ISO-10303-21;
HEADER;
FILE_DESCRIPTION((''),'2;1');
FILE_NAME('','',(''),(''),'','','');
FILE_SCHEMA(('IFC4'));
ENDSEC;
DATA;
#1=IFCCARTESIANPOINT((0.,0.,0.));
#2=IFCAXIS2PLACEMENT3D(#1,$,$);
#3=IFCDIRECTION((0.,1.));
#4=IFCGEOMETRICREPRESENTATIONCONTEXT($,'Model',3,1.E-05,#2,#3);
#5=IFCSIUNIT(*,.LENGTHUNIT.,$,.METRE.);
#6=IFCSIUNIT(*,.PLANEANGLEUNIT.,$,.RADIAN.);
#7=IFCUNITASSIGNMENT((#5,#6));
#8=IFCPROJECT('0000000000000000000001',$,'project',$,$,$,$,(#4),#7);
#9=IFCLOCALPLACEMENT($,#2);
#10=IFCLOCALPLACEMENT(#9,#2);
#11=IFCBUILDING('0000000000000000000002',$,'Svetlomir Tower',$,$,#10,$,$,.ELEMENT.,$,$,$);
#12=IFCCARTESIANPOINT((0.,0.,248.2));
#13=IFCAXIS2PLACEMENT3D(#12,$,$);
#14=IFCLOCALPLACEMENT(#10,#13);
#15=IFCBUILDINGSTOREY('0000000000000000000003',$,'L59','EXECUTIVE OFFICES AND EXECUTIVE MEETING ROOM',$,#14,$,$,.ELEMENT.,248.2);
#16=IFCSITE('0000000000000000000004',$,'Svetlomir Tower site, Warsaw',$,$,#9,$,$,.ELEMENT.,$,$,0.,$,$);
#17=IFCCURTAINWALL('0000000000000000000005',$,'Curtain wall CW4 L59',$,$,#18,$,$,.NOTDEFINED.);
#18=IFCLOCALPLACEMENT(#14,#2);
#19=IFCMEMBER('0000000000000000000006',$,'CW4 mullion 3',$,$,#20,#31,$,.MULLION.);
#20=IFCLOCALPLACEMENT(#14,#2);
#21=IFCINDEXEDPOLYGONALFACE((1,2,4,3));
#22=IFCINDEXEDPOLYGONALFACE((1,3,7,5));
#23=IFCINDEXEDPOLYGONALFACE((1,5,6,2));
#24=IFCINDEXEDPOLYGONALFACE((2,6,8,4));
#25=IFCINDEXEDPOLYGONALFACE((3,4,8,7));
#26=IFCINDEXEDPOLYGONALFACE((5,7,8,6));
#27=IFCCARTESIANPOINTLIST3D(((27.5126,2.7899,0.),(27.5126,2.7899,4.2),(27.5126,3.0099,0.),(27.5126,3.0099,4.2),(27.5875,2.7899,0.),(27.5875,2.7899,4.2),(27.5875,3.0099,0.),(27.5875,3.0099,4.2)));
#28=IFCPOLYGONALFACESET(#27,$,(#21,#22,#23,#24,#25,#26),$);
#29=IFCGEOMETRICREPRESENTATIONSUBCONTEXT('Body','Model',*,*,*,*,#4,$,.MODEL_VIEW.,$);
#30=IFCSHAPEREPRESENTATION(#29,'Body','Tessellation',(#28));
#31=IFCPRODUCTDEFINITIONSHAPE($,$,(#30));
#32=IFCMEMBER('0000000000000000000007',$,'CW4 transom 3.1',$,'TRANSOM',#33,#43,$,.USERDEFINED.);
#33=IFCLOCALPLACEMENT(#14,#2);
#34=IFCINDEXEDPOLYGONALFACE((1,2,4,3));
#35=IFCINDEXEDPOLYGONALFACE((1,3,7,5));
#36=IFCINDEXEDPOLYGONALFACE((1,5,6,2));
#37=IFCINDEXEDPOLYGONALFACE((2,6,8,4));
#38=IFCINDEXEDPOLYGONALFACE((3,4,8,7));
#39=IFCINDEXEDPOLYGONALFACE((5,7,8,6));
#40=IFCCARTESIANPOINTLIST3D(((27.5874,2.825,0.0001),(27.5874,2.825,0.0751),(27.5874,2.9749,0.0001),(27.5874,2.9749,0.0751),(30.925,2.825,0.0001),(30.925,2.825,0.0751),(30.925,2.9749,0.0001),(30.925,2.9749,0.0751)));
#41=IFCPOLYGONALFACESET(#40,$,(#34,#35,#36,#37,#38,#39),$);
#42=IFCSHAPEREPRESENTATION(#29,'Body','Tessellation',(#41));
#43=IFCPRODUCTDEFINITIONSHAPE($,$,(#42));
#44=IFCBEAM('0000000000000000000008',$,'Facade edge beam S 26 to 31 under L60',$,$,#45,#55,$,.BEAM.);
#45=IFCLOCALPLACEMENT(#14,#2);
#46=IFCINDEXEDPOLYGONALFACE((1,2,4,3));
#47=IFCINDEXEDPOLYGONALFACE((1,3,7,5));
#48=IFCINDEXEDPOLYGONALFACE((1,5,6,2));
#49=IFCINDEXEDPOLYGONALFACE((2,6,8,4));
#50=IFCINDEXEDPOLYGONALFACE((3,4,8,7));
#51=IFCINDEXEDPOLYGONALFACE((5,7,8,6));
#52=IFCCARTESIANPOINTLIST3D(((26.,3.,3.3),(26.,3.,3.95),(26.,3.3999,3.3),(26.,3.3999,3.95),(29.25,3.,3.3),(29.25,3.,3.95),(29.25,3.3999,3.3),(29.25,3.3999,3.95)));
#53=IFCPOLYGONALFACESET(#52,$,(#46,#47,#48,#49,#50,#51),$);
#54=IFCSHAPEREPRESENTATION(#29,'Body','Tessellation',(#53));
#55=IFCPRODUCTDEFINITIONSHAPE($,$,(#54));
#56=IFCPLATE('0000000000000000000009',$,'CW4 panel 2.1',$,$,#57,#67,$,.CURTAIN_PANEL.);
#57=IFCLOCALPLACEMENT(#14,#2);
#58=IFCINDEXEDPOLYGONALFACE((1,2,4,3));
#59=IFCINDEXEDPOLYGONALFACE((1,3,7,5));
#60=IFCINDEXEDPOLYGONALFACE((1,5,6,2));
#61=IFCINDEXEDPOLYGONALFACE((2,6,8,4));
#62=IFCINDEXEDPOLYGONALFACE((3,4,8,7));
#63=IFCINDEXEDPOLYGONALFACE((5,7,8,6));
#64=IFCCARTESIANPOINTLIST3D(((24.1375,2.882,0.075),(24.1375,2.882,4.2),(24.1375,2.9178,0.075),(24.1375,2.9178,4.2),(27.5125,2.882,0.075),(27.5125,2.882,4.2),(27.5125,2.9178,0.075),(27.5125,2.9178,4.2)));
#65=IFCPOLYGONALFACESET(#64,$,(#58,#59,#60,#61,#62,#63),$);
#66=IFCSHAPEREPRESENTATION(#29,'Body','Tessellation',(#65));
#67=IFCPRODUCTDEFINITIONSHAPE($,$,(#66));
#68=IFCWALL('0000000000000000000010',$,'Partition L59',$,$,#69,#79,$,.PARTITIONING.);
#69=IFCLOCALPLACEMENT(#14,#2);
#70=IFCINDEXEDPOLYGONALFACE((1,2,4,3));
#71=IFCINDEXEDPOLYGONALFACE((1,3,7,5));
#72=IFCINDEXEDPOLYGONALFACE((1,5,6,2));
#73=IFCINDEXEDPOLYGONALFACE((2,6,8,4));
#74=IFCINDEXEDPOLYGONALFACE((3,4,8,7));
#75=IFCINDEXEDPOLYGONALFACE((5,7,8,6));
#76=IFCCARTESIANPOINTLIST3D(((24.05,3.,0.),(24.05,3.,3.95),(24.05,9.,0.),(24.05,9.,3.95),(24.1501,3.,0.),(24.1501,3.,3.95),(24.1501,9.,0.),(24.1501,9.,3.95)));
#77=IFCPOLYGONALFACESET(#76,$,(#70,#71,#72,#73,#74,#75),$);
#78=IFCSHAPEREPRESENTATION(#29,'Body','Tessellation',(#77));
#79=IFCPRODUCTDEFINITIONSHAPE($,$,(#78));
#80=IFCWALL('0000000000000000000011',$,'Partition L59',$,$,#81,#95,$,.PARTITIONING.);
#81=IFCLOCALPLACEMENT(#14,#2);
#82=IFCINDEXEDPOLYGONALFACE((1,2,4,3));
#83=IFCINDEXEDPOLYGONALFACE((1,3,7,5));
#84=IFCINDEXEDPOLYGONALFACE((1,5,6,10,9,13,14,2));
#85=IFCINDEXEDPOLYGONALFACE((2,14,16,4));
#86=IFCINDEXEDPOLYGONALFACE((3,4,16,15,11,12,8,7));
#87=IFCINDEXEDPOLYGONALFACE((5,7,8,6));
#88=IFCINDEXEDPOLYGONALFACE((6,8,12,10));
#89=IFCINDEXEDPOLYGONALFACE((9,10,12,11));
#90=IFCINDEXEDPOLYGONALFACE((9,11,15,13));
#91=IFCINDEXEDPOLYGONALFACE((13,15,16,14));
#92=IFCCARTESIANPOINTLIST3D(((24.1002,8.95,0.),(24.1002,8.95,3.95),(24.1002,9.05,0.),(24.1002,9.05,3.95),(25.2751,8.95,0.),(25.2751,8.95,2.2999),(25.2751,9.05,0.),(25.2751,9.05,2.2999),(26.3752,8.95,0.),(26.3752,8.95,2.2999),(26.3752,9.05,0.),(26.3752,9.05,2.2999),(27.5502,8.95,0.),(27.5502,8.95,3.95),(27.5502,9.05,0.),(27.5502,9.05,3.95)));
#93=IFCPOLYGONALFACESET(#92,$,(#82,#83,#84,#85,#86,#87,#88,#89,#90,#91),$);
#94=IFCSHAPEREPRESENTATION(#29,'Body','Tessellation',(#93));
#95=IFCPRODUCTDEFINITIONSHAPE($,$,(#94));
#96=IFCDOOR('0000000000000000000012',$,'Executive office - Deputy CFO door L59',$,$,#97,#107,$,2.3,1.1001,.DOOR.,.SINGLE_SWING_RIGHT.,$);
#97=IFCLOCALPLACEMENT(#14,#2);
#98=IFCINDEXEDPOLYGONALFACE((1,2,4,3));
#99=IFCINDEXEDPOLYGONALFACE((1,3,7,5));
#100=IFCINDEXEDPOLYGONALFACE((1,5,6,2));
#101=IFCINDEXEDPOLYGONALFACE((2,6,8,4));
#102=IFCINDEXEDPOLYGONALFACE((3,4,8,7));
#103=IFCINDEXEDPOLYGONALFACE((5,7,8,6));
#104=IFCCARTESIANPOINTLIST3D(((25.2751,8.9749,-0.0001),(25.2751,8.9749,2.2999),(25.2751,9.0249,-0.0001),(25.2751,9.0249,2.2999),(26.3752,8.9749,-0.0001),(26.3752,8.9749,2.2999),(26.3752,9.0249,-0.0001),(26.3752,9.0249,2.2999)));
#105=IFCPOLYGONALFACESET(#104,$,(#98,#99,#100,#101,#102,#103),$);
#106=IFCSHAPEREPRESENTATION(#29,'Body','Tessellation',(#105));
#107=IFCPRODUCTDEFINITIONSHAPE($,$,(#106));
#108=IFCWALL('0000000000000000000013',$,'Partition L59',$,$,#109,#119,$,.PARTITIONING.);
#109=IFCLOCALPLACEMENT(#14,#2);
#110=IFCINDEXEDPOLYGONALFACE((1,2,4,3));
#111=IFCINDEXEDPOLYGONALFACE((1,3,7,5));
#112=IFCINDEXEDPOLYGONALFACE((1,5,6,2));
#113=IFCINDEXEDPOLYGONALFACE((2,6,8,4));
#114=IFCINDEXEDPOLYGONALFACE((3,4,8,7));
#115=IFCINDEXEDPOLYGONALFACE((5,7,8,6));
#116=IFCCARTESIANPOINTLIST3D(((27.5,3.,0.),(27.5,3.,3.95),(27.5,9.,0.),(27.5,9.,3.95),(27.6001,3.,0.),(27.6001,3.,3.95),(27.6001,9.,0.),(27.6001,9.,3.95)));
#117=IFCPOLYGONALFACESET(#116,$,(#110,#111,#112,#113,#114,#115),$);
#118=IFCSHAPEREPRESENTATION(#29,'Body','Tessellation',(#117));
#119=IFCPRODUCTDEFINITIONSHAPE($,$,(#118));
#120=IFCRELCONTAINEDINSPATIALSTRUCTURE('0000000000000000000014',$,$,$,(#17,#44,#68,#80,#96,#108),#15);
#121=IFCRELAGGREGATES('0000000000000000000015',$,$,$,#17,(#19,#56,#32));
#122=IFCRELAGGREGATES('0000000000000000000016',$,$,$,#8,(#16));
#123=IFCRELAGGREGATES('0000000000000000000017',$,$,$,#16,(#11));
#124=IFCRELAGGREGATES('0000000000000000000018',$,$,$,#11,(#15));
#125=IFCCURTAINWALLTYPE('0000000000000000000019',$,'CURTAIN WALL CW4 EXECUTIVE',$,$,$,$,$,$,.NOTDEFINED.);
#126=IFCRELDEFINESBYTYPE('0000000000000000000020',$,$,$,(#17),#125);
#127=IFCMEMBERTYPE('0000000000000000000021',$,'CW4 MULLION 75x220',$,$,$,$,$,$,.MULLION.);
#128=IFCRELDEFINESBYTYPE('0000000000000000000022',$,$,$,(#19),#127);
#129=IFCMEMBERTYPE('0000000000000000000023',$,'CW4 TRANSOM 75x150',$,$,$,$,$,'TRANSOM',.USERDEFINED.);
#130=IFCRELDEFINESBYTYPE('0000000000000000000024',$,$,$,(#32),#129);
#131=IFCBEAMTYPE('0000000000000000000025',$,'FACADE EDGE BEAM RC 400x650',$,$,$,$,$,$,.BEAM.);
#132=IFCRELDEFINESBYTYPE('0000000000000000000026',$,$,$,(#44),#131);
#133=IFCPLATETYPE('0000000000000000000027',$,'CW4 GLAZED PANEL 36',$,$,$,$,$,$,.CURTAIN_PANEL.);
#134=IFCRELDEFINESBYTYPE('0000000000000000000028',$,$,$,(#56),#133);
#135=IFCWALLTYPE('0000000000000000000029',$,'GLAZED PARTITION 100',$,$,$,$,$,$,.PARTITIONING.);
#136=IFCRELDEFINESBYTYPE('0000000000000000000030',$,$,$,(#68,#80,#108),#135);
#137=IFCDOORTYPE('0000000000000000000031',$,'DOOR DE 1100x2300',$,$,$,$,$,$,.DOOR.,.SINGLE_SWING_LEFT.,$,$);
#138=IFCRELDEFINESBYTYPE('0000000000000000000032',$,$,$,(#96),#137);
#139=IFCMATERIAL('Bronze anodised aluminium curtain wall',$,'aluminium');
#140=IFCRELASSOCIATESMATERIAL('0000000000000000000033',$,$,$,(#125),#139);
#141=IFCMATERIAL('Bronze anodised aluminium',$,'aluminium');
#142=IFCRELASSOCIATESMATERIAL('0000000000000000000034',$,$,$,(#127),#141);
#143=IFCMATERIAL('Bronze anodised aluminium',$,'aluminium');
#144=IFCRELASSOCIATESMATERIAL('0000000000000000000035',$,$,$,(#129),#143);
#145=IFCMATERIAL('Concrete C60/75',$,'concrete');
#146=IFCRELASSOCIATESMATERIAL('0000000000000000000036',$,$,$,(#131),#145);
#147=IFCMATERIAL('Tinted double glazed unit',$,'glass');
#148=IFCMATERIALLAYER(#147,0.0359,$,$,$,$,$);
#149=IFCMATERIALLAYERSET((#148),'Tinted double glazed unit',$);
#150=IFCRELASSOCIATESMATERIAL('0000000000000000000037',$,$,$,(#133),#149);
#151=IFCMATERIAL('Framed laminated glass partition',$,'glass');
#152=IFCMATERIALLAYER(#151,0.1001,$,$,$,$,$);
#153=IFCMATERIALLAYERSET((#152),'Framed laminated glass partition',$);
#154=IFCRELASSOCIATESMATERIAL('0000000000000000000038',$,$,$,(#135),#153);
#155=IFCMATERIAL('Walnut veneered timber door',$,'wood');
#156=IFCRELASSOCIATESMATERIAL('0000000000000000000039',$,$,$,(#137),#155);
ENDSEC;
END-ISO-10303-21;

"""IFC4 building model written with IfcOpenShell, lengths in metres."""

from ifc_helpers import new_model, si_unit, direction, frame, frame_2d, origin, origin_2d, place, context, subcontext, project, spatial, rectangle, extrude, material, layer, layer_set, material_profile, profile_set, type_object, element, fill, aggregate, save


model = new_model("IFC4")

# Units and contexts
model_context = context("Model", 3, precision=1e-05, world=origin(), true_north=direction((0.0, 1.0)))
body_context = subcontext(model_context, "Body", "Model", "MODEL_VIEW")
ifc_project = project(units=[si_unit("LENGTHUNIT", "METRE"), si_unit("PLANEANGLEUNIT", "RADIAN")], contexts=[model_context])

# Site, building, storey
site_placement = place(None, origin())
site = spatial("IfcSite", under=ifc_project, at=site_placement, Name="Svetlomir Tower site, Warsaw", CompositionType="ELEMENT", RefElevation=0.0)
building_placement = place(site_placement, origin())
building = spatial("IfcBuilding", under=site, at=building_placement, Name="Svetlomir Tower", CompositionType="ELEMENT")
storey_placement = place(building_placement, frame((0.0, 0.0, 248.2)))
storey = spatial("IfcBuildingStorey", under=building, at=storey_placement, Name="L59", Description="EXECUTIVE OFFICES AND EXECUTIVE MEETING ROOM", CompositionType="ELEMENT", Elevation=248.2)

# Curtain wall, members
ifc_material_1 = material(Name="Bronze anodised aluminium curtain wall", Category="aluminium")
curtain_wall_type = type_object("IfcCurtainWallType", Name="CURTAIN WALL CW4 EXECUTIVE", PredefinedType="NOTDEFINED", material=ifc_material_1)
curtain_wall_placement = place(storey_placement, origin())
curtain_wall = element("IfcCurtainWall", 1, at=curtain_wall_placement, inside=storey, type_object=curtain_wall_type, Name="Curtain wall CW4 L59", PredefinedType="NOTDEFINED")
ifc_material_2 = material(Name="Bronze anodised aluminium", Category="aluminium")
ifc_material_profile_1 = material_profile(ifc_material_2, rectangle(XDim=0.075, YDim=0.22, at=origin_2d()), Name="AL 75x220")
ifc_profile_set_1 = profile_set([ifc_material_profile_1], Name="Bronze anodised aluminium 6063-T6")
member_type_1 = type_object("IfcMemberType", Name="CW4 MULLION 75x220", PredefinedType="MULLION", material=ifc_profile_set_1)
member_1_placement = place(storey_placement, frame((27.55, 2.8999, 0.0), z_axis=(0.0, 0.0, 1.0), x_axis=(1.0, 0.0, 0.0)))
member_1 = element("IfcMember", 2, at=member_1_placement, type_object=member_type_1, Name="CW4 mullion 3", PredefinedType="MULLION", context=body_context, shape_type="SweptSolid", body=[
    extrude(rectangle(XDim=0.075, YDim=0.22, at=origin_2d()), origin(), (0.0, 0.0, 1.0), 4.2),
])
ifc_material_3 = material(Name="Bronze anodised aluminium", Category="aluminium")
ifc_material_profile_2 = material_profile(ifc_material_3, rectangle(XDim=0.1499, YDim=0.075, at=origin_2d()), Name="AL 150x75")
ifc_profile_set_2 = profile_set([ifc_material_profile_2], Name="Bronze anodised aluminium 6063-T6")
member_type_2 = type_object("IfcMemberType", Name="CW4 TRANSOM 75x150", ElementType="TRANSOM", PredefinedType="USERDEFINED", material=ifc_profile_set_2)
member_2_placement = place(storey_placement, frame((27.5874, 2.8999, 0.0376), z_axis=(1.0, 0.0, 0.0), x_axis=(0.0, 1.0, 0.0)))
member_2 = element("IfcMember", 3, at=member_2_placement, type_object=member_type_2, Name="CW4 transom 3.1", ObjectType="TRANSOM", PredefinedType="USERDEFINED", context=body_context, shape_type="SweptSolid", body=[
    extrude(rectangle(XDim=0.1499, YDim=0.075, at=origin_2d()), origin(), (0.0, 0.0, 1.0), 3.3376),
])

# Beam
ifc_material_4 = material(Name="Concrete C60/75", Category="concrete")
ifc_material_profile_3 = material_profile(ifc_material_4, rectangle(XDim=0.3999, YDim=0.6499, at=origin_2d()), Name="RC 400x650")
ifc_profile_set_3 = profile_set([ifc_material_profile_3], Name="Concrete C60/75")
beam_type = type_object("IfcBeamType", Name="FACADE EDGE BEAM RC 400x650", PredefinedType="BEAM", material=ifc_profile_set_3)
beam_placement = place(storey_placement, frame((26.0, 3.2, 3.625), z_axis=(1.0, 0.0, 0.0), x_axis=(0.0, 1.0, 0.0)))
element("IfcBeam", 4, at=beam_placement, inside=storey, type_object=beam_type, Name="Facade edge beam S 26 to 31 under L60", PredefinedType="BEAM", context=body_context, shape_type="SweptSolid", body=[
    extrude(rectangle(XDim=0.3999, YDim=0.6499, at=origin_2d()), origin(), (0.0, 0.0, 1.0), 3.25),
])

# Plate
ifc_material_5 = material(Name="Tinted double glazed unit", Category="glass")
ifc_layer_1 = layer(ifc_material_5, 0.0359)
ifc_layer_set_1 = layer_set([ifc_layer_1], Name="Tinted double glazed unit")
plate_type = type_object("IfcPlateType", Name="CW4 GLAZED PANEL 36", PredefinedType="CURTAIN_PANEL", material=ifc_layer_set_1)
plate_placement = place(storey_placement, frame((25.825, 2.8999, 0.075), z_axis=(0.0, 0.0, 1.0), x_axis=(1.0, 0.0, 0.0)))
plate = element("IfcPlate", 5, at=plate_placement, type_object=plate_type, Name="CW4 panel 2.1", PredefinedType="CURTAIN_PANEL", context=body_context, shape_type="SweptSolid", body=[
    extrude(rectangle(XDim=3.375, YDim=0.0359, at=origin_2d()), origin(), (0.0, 0.0, 1.0), 4.125),
])
aggregate(curtain_wall, [member_1, plate, member_2])

# Wall
ifc_material_6 = material(Name="Framed laminated glass partition", Category="glass")
ifc_layer_2 = layer(ifc_material_6, 0.1001)
ifc_layer_set_2 = layer_set([ifc_layer_2], Name="Framed laminated glass partition")
wall_type = type_object("IfcWallType", Name="GLAZED PARTITION 100", PredefinedType="PARTITIONING", material=ifc_layer_set_2)
wall_1_placement = place(storey_placement, frame((24.1001, 3.0, 0.0), z_axis=(0.0, 0.0, 1.0), x_axis=(0.0, 1.0, 0.0)))
element("IfcWall", 6, at=wall_1_placement, inside=storey, type_object=wall_type, Name="Partition L59", PredefinedType="PARTITIONING", context=body_context, shape_type="SweptSolid", body=[
    extrude(rectangle(XDim=6.0, YDim=0.1001, at=frame_2d((3.0, 0.0))), origin(), (0.0, 0.0, 1.0), 3.95),
])

# Wall, opening, door
wall_2_placement = place(storey_placement, frame((24.1001, 9.0, 0.0), z_axis=(0.0, 0.0, 1.0), x_axis=(1.0, 0.0, 0.0)))
wall_2 = element("IfcWall", 7, at=wall_2_placement, inside=storey, type_object=wall_type, Name="Partition L59", PredefinedType="PARTITIONING", context=body_context, shape_type="SweptSolid", body=[
    extrude(rectangle(XDim=3.45, YDim=0.1001, at=frame_2d((1.7251, 0.0))), origin(), (0.0, 0.0, 1.0), 3.95),
])
opening_placement = place(wall_2_placement, frame((1.175, 0.0, 0.0)))
opening = element("IfcOpeningElement", 8, at=opening_placement, cuts=wall_2, PredefinedType="OPENING", context=body_context, shape_type="SweptSolid", body=[
    extrude(rectangle(XDim=1.1001, YDim=2.3, at=frame_2d((0.55, 1.1499))), frame((0.0, 0.0601, 0.0), z_axis=(0.0, -1.0, 0.0), x_axis=(1.0, 0.0, 0.0)), (0.0, 0.0, 1.0), 0.1201),
])
ifc_material_7 = material(Name="Walnut veneered timber door", Category="wood")
door_type = type_object("IfcDoorType", Name="DOOR DE 1100x2300", OperationType="SINGLE_SWING_LEFT", PredefinedType="DOOR", material=ifc_material_7)
door_placement = place(opening_placement, origin())
door = element("IfcDoor", 9, at=door_placement, inside=storey, type_object=door_type, Name="Executive office - Deputy CFO door L59", OperationType="SINGLE_SWING_RIGHT", OverallHeight=2.3, OverallWidth=1.1001, PredefinedType="DOOR", context=body_context, shape_type="SweptSolid", body=[
    extrude(rectangle(XDim=1.1001, YDim=2.3, at=frame_2d((0.55, 1.1499))), frame((0.0, 0.0249, 0.0), z_axis=(0.0, -1.0, 0.0), x_axis=(1.0, 0.0, 0.0)), (0.0, 0.0, 1.0), 0.05),
])
fill(opening, door)

# Wall
wall_3_placement = place(storey_placement, frame((27.55, 3.0, 0.0), z_axis=(0.0, 0.0, 1.0), x_axis=(0.0, 1.0, 0.0)))
element("IfcWall", 10, at=wall_3_placement, inside=storey, type_object=wall_type, Name="Partition L59", PredefinedType="PARTITIONING", context=body_context, shape_type="SweptSolid", body=[
    extrude(rectangle(XDim=6.0, YDim=0.1001, at=frame_2d((3.0, 0.0))), origin(), (0.0, 0.0, 1.0), 3.95),
])

save(model, "model.ifc")
